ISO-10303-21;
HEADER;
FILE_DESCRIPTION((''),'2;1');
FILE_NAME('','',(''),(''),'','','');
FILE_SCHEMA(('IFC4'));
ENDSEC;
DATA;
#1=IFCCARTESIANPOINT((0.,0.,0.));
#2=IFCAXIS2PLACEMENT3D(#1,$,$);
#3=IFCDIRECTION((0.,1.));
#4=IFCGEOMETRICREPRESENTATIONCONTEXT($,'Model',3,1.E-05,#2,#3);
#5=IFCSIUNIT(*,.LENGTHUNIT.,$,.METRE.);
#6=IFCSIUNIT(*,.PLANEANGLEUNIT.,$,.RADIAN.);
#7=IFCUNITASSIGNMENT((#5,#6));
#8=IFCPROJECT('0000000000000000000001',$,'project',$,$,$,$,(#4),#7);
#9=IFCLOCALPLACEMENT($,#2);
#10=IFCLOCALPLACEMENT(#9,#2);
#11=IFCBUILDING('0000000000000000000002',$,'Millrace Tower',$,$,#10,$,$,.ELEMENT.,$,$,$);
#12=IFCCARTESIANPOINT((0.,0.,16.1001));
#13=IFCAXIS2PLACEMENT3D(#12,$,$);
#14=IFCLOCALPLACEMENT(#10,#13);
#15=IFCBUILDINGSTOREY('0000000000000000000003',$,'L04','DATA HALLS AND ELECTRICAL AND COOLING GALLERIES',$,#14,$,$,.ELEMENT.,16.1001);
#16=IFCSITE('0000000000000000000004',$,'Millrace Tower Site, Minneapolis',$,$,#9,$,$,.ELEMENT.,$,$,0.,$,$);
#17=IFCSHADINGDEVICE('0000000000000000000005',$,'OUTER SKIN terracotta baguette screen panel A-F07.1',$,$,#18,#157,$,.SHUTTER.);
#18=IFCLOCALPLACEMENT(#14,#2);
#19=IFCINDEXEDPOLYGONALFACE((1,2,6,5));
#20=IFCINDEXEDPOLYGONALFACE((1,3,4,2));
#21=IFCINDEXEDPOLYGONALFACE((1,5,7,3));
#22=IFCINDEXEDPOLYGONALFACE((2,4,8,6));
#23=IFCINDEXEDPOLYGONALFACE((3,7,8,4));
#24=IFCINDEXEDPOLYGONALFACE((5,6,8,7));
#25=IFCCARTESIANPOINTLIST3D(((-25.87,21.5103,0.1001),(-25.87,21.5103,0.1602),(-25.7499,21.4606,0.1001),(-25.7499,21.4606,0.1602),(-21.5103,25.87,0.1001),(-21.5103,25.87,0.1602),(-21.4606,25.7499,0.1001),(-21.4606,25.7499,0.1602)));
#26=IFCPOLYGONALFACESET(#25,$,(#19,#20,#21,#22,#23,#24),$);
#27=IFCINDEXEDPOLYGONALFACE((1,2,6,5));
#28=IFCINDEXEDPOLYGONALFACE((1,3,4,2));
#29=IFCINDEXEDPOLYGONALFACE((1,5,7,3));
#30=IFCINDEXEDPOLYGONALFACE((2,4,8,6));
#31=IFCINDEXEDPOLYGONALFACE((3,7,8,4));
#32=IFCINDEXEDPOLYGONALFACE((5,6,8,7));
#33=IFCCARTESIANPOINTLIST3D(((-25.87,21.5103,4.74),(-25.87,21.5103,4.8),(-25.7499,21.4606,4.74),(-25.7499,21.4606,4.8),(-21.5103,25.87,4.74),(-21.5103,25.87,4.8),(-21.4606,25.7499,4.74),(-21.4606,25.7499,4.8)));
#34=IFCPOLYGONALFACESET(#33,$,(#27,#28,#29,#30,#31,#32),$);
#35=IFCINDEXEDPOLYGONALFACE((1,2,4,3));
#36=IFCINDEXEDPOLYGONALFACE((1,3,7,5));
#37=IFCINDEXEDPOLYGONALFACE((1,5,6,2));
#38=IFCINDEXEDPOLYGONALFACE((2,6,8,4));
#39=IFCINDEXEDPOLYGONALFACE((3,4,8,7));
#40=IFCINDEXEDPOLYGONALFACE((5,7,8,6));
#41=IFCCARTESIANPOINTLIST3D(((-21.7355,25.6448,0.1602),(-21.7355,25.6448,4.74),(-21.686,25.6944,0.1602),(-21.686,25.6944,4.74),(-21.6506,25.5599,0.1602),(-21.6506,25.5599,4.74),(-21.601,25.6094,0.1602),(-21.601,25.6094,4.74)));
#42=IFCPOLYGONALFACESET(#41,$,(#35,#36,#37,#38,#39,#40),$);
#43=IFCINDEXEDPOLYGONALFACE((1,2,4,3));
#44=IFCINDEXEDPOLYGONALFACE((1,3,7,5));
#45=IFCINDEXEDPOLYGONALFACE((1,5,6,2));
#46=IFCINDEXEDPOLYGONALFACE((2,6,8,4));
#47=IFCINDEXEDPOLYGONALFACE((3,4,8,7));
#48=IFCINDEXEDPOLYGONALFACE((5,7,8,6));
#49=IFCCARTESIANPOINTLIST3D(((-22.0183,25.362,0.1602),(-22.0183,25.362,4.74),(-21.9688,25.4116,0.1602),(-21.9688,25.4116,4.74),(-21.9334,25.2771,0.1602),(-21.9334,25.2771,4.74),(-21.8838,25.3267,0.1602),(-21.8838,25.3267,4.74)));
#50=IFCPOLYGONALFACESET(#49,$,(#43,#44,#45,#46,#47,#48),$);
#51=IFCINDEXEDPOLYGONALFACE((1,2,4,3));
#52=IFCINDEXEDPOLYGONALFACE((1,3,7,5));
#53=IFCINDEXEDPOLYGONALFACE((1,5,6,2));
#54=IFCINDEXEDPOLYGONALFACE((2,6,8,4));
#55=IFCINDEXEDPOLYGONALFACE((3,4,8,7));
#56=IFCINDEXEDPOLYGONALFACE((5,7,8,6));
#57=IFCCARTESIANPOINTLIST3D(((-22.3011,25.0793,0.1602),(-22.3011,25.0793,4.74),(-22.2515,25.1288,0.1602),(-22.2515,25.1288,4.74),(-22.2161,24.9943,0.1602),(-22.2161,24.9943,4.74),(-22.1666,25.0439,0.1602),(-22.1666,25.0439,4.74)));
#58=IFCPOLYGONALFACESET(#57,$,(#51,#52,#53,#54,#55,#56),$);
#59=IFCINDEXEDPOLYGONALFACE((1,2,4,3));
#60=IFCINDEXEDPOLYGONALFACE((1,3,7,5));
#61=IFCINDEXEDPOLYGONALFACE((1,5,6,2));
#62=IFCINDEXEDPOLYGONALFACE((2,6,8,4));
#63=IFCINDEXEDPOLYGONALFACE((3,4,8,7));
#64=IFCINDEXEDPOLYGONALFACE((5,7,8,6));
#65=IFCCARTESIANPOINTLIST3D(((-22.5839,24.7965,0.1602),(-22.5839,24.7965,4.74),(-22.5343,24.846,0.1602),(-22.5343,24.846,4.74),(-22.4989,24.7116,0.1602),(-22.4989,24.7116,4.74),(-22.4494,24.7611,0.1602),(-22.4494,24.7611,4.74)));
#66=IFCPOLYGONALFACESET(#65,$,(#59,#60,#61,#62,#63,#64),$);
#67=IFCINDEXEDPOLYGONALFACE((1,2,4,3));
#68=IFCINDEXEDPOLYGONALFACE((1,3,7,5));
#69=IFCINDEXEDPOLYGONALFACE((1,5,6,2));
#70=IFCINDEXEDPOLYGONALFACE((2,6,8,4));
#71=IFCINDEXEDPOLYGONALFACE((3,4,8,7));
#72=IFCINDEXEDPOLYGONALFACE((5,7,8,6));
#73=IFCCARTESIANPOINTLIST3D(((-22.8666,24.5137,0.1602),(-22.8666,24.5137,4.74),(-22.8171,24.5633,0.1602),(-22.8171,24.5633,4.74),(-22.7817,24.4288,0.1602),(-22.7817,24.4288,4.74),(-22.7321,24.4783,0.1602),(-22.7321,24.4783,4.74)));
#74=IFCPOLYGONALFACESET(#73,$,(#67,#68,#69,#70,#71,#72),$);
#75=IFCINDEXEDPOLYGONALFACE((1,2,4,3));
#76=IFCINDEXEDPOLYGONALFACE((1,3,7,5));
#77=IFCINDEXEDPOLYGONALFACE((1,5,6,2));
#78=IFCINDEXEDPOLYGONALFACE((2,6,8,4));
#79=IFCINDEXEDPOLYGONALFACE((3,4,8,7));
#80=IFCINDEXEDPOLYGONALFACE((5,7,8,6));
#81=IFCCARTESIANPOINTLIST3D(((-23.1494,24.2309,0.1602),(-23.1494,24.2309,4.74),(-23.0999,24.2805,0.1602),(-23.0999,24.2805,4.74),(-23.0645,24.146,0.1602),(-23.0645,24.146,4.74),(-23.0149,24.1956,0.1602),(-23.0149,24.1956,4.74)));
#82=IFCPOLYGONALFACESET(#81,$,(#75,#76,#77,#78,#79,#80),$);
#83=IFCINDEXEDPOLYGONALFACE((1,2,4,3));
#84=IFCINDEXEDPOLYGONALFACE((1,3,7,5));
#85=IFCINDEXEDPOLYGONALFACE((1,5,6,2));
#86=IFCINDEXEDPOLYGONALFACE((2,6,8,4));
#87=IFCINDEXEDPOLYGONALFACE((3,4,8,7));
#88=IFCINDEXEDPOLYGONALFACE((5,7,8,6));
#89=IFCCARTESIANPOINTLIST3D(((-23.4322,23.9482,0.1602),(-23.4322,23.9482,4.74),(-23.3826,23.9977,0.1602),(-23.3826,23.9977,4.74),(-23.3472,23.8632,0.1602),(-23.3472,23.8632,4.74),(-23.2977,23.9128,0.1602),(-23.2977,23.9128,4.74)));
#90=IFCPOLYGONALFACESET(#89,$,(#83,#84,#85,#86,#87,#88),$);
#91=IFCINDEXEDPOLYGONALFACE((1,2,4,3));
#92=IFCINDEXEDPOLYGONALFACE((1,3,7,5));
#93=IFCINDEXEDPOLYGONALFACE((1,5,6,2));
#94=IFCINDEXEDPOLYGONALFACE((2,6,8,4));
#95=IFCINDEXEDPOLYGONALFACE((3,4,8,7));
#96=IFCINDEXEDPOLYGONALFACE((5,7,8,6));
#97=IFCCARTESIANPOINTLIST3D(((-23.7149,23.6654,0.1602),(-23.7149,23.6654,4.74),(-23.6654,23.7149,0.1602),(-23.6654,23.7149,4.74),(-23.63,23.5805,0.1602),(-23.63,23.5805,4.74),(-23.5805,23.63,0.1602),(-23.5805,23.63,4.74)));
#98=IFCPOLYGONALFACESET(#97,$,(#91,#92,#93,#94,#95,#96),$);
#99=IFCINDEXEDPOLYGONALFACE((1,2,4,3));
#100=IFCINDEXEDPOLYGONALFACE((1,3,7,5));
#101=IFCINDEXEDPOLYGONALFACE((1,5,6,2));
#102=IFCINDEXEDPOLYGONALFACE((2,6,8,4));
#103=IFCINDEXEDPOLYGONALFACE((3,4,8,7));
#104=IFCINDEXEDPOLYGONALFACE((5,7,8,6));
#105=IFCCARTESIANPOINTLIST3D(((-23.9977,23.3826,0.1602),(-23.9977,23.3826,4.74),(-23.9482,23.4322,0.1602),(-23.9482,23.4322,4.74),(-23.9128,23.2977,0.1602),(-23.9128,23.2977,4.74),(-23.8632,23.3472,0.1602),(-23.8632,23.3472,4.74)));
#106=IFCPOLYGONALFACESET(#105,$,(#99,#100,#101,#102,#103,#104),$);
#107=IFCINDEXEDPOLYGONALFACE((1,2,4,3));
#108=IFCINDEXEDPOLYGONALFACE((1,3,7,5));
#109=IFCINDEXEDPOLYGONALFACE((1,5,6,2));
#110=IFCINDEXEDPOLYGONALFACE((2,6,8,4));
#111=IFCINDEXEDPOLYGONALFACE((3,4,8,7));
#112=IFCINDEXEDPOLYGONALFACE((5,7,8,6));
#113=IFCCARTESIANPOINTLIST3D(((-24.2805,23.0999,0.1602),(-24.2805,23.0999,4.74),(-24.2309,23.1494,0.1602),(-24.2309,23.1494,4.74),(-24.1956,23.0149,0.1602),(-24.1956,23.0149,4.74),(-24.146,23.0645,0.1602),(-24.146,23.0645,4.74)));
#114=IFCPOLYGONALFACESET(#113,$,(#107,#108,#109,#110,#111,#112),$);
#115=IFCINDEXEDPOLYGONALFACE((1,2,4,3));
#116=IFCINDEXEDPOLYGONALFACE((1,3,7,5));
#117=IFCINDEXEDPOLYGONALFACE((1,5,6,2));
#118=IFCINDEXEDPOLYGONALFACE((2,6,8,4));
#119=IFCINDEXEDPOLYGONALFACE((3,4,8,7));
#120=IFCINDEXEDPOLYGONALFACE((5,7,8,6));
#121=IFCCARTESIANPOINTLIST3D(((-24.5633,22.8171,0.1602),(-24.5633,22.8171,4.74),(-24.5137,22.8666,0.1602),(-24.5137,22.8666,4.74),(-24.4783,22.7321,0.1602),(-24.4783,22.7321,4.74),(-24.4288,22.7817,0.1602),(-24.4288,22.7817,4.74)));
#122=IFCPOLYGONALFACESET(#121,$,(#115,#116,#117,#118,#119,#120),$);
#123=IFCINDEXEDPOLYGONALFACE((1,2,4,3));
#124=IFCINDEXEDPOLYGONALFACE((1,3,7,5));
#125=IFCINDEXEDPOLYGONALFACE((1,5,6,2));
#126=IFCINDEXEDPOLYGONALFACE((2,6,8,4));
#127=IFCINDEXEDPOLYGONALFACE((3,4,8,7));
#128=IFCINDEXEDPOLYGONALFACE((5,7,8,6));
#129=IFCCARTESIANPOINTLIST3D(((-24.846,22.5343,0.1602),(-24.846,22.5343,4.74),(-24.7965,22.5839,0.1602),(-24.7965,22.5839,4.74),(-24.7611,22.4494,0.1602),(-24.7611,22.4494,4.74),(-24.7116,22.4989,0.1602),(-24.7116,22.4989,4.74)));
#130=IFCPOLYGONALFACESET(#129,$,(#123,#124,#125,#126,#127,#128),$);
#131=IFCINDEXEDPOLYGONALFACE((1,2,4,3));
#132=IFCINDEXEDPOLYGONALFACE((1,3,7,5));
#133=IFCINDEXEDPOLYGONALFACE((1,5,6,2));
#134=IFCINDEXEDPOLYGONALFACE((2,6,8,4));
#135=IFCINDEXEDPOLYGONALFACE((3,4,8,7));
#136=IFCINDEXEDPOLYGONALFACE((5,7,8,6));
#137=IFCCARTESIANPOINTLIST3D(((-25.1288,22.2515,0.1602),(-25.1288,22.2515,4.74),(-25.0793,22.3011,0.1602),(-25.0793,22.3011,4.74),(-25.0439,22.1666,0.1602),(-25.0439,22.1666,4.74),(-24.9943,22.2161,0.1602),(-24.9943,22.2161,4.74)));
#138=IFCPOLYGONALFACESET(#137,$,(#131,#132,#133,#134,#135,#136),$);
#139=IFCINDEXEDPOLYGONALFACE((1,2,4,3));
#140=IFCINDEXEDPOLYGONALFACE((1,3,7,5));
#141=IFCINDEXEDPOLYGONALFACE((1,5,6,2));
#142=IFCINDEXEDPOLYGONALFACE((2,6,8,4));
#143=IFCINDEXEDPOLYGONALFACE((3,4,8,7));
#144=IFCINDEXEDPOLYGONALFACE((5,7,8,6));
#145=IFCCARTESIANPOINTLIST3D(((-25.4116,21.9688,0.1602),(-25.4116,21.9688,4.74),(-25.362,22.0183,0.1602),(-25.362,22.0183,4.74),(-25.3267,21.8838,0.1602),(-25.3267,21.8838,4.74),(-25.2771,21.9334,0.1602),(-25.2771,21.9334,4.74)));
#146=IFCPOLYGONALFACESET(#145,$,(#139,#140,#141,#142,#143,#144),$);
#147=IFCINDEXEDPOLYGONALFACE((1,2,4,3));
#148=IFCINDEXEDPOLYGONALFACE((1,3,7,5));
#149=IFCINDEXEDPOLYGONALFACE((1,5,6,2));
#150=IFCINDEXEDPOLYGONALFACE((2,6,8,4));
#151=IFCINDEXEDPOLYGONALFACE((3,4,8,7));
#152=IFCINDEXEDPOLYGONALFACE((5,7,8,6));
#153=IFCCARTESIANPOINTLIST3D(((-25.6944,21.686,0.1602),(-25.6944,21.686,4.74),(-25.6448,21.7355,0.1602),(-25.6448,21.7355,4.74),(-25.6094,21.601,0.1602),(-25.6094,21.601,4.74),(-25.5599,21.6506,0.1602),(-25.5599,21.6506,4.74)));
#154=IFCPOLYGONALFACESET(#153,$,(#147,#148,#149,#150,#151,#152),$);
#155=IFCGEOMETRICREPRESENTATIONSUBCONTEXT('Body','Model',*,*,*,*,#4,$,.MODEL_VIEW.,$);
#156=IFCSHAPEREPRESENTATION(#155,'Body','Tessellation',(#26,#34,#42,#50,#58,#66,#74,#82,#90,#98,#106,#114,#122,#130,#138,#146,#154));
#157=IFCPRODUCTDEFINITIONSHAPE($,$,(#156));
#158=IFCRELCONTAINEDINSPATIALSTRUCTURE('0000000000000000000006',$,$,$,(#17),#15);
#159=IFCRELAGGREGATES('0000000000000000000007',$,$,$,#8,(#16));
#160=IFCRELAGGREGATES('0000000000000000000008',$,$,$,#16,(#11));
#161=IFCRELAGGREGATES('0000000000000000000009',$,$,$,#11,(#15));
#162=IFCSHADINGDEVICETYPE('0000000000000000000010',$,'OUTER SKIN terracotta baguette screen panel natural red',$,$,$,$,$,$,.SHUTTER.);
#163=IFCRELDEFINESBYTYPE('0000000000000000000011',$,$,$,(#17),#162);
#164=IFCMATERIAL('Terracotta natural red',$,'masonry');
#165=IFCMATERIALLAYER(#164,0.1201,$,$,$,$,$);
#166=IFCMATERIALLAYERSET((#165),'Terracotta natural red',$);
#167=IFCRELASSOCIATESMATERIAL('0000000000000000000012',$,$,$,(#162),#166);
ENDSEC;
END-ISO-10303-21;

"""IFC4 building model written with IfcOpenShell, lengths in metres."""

from ifc_helpers import new_model, entity, si_unit, direction, frame, frame_2d, origin, origin_2d, place, context, subcontext, project, spatial, rectangle, extrude, source, transform, mapped, material, layer, layer_set, type_object, element, save


model = new_model("IFC4")

# Units and contexts
model_context = context("Model", 3, precision=1e-05, world=origin(), true_north=direction((0.0, 1.0)))
body_context = subcontext(model_context, "Body", "Model", "MODEL_VIEW")
ifc_project = project(units=[si_unit("LENGTHUNIT", "METRE"), si_unit("PLANEANGLEUNIT", "RADIAN")], contexts=[model_context])

# Site, building, storey
site_placement = place(None, origin())
site = spatial("IfcSite", under=ifc_project, at=site_placement, Name="Millrace Tower Site, Minneapolis", CompositionType="ELEMENT", RefElevation=0.0)
building_placement = place(site_placement, origin())
building = spatial("IfcBuilding", under=site, at=building_placement, Name="Millrace Tower", CompositionType="ELEMENT")
storey_placement = place(building_placement, frame((0.0, 0.0, 16.1001)))
storey = spatial("IfcBuildingStorey", under=building, at=storey_placement, Name="L04", Description="DATA HALLS AND ELECTRICAL AND COOLING GALLERIES", CompositionType="ELEMENT", Elevation=16.1001)

# Shading device
ifc_material_1 = material(Name="Terracotta natural red", Category="masonry")
ifc_layer_1 = layer(ifc_material_1, 0.1201)
ifc_layer_set_1 = layer_set([ifc_layer_1], Name="Terracotta natural red")
shading_device_type_1 = type_object("IfcShadingDeviceType", Name="OUTER SKIN terracotta baguette screen panel natural red", PredefinedType="SHUTTER", material=ifc_layer_set_1)
cartesian_point_1 = entity("IfcCartesianPoint", [-3.033, 0.0601])
shared_polyline_1 = entity("IfcPolyline", [cartesian_point_1, entity("IfcCartesianPoint", [3.033, 0.0601]), entity("IfcCartesianPoint", [3.0828, -0.0601]), entity("IfcCartesianPoint", [-3.0828, -0.0601]), cartesian_point_1])
shared_shape_1 = source(origin(), body_context, "Body", "SweptSolid", [
    entity("IfcExtrudedAreaSolid", entity("IfcArbitraryClosedProfileDef", "AREA", None, shared_polyline_1), entity("IfcAxis2Placement3D", entity("IfcCartesianPoint", [0.0, 0.0, 0.0])), entity("IfcDirection", [0.0, 0.0, 1.0]), 0.0601),
    entity("IfcExtrudedAreaSolid", entity("IfcArbitraryClosedProfileDef", "AREA", None, shared_polyline_1), entity("IfcAxis2Placement3D", entity("IfcCartesianPoint", [0.0, 0.0, 4.6399])), entity("IfcDirection", [0.0, 0.0, 1.0]), 0.0601),
    extrude(rectangle(XDim=0.0701, YDim=0.1201, at=frame_2d((-2.7993, 0.0))), frame((0.0, 0.0, 0.0601)), (0.0, 0.0, 1.0), 4.5798),
    extrude(rectangle(XDim=0.0701, YDim=0.1201, at=frame_2d((-2.3994, 0.0))), frame((0.0, 0.0, 0.0601)), (0.0, 0.0, 1.0), 4.5798),
    extrude(rectangle(XDim=0.0701, YDim=0.1201, at=frame_2d((-1.9995, 0.0))), frame((0.0, 0.0, 0.0601)), (0.0, 0.0, 1.0), 4.5798),
    extrude(rectangle(XDim=0.0701, YDim=0.1201, at=frame_2d((-1.5996, 0.0))), frame((0.0, 0.0, 0.0601)), (0.0, 0.0, 1.0), 4.5798),
    extrude(rectangle(XDim=0.0701, YDim=0.1201, at=frame_2d((-1.1997, 0.0))), frame((0.0, 0.0, 0.0601)), (0.0, 0.0, 1.0), 4.5798),
    extrude(rectangle(XDim=0.0701, YDim=0.1201, at=frame_2d((-0.7998, 0.0))), frame((0.0, 0.0, 0.0601)), (0.0, 0.0, 1.0), 4.5798),
    extrude(rectangle(XDim=0.0701, YDim=0.1201, at=frame_2d((-0.3999, 0.0))), frame((0.0, 0.0, 0.0601)), (0.0, 0.0, 1.0), 4.5798),
    extrude(rectangle(XDim=0.0701, YDim=0.1201, at=origin_2d()), frame((0.0, 0.0, 0.0601)), (0.0, 0.0, 1.0), 4.5798),
    extrude(rectangle(XDim=0.0701, YDim=0.1201, at=frame_2d((0.3999, 0.0))), frame((0.0, 0.0, 0.0601)), (0.0, 0.0, 1.0), 4.5798),
    extrude(rectangle(XDim=0.0701, YDim=0.1201, at=frame_2d((0.7998, 0.0))), frame((0.0, 0.0, 0.0601)), (0.0, 0.0, 1.0), 4.5798),
    extrude(rectangle(XDim=0.0701, YDim=0.1201, at=frame_2d((1.1997, 0.0))), frame((0.0, 0.0, 0.0601)), (0.0, 0.0, 1.0), 4.5798),
    extrude(rectangle(XDim=0.0701, YDim=0.1201, at=frame_2d((1.5996, 0.0))), frame((0.0, 0.0, 0.0601)), (0.0, 0.0, 1.0), 4.5798),
    extrude(rectangle(XDim=0.0701, YDim=0.1201, at=frame_2d((1.9995, 0.0))), frame((0.0, 0.0, 0.0601)), (0.0, 0.0, 1.0), 4.5798),
    extrude(rectangle(XDim=0.0701, YDim=0.1201, at=frame_2d((2.3994, 0.0))), frame((0.0, 0.0, 0.0601)), (0.0, 0.0, 1.0), 4.5798),
    extrude(rectangle(XDim=0.0701, YDim=0.1201, at=frame_2d((2.7993, 0.0))), frame((0.0, 0.0, 0.0601)), (0.0, 0.0, 1.0), 4.5798),
])
shading_device_1_placement = place(storey_placement, frame((-23.6477, 23.6477, 0.1001), z_axis=(0.0, 0.0, 1.0), x_axis=(-0.707107, -0.707107, 0.0)))
element("IfcShadingDevice", 1, at=shading_device_1_placement, inside=storey, type_object=shading_device_type_1, Name="OUTER SKIN terracotta baguette screen panel A-F07.1", PredefinedType="SHUTTER", context=body_context, shape_type="MappedRepresentation", body=[
    mapped(shared_shape_1, transform((0.0, 0.0, 0.0), scale=1.0)),
])

save(model, "model.ifc")
